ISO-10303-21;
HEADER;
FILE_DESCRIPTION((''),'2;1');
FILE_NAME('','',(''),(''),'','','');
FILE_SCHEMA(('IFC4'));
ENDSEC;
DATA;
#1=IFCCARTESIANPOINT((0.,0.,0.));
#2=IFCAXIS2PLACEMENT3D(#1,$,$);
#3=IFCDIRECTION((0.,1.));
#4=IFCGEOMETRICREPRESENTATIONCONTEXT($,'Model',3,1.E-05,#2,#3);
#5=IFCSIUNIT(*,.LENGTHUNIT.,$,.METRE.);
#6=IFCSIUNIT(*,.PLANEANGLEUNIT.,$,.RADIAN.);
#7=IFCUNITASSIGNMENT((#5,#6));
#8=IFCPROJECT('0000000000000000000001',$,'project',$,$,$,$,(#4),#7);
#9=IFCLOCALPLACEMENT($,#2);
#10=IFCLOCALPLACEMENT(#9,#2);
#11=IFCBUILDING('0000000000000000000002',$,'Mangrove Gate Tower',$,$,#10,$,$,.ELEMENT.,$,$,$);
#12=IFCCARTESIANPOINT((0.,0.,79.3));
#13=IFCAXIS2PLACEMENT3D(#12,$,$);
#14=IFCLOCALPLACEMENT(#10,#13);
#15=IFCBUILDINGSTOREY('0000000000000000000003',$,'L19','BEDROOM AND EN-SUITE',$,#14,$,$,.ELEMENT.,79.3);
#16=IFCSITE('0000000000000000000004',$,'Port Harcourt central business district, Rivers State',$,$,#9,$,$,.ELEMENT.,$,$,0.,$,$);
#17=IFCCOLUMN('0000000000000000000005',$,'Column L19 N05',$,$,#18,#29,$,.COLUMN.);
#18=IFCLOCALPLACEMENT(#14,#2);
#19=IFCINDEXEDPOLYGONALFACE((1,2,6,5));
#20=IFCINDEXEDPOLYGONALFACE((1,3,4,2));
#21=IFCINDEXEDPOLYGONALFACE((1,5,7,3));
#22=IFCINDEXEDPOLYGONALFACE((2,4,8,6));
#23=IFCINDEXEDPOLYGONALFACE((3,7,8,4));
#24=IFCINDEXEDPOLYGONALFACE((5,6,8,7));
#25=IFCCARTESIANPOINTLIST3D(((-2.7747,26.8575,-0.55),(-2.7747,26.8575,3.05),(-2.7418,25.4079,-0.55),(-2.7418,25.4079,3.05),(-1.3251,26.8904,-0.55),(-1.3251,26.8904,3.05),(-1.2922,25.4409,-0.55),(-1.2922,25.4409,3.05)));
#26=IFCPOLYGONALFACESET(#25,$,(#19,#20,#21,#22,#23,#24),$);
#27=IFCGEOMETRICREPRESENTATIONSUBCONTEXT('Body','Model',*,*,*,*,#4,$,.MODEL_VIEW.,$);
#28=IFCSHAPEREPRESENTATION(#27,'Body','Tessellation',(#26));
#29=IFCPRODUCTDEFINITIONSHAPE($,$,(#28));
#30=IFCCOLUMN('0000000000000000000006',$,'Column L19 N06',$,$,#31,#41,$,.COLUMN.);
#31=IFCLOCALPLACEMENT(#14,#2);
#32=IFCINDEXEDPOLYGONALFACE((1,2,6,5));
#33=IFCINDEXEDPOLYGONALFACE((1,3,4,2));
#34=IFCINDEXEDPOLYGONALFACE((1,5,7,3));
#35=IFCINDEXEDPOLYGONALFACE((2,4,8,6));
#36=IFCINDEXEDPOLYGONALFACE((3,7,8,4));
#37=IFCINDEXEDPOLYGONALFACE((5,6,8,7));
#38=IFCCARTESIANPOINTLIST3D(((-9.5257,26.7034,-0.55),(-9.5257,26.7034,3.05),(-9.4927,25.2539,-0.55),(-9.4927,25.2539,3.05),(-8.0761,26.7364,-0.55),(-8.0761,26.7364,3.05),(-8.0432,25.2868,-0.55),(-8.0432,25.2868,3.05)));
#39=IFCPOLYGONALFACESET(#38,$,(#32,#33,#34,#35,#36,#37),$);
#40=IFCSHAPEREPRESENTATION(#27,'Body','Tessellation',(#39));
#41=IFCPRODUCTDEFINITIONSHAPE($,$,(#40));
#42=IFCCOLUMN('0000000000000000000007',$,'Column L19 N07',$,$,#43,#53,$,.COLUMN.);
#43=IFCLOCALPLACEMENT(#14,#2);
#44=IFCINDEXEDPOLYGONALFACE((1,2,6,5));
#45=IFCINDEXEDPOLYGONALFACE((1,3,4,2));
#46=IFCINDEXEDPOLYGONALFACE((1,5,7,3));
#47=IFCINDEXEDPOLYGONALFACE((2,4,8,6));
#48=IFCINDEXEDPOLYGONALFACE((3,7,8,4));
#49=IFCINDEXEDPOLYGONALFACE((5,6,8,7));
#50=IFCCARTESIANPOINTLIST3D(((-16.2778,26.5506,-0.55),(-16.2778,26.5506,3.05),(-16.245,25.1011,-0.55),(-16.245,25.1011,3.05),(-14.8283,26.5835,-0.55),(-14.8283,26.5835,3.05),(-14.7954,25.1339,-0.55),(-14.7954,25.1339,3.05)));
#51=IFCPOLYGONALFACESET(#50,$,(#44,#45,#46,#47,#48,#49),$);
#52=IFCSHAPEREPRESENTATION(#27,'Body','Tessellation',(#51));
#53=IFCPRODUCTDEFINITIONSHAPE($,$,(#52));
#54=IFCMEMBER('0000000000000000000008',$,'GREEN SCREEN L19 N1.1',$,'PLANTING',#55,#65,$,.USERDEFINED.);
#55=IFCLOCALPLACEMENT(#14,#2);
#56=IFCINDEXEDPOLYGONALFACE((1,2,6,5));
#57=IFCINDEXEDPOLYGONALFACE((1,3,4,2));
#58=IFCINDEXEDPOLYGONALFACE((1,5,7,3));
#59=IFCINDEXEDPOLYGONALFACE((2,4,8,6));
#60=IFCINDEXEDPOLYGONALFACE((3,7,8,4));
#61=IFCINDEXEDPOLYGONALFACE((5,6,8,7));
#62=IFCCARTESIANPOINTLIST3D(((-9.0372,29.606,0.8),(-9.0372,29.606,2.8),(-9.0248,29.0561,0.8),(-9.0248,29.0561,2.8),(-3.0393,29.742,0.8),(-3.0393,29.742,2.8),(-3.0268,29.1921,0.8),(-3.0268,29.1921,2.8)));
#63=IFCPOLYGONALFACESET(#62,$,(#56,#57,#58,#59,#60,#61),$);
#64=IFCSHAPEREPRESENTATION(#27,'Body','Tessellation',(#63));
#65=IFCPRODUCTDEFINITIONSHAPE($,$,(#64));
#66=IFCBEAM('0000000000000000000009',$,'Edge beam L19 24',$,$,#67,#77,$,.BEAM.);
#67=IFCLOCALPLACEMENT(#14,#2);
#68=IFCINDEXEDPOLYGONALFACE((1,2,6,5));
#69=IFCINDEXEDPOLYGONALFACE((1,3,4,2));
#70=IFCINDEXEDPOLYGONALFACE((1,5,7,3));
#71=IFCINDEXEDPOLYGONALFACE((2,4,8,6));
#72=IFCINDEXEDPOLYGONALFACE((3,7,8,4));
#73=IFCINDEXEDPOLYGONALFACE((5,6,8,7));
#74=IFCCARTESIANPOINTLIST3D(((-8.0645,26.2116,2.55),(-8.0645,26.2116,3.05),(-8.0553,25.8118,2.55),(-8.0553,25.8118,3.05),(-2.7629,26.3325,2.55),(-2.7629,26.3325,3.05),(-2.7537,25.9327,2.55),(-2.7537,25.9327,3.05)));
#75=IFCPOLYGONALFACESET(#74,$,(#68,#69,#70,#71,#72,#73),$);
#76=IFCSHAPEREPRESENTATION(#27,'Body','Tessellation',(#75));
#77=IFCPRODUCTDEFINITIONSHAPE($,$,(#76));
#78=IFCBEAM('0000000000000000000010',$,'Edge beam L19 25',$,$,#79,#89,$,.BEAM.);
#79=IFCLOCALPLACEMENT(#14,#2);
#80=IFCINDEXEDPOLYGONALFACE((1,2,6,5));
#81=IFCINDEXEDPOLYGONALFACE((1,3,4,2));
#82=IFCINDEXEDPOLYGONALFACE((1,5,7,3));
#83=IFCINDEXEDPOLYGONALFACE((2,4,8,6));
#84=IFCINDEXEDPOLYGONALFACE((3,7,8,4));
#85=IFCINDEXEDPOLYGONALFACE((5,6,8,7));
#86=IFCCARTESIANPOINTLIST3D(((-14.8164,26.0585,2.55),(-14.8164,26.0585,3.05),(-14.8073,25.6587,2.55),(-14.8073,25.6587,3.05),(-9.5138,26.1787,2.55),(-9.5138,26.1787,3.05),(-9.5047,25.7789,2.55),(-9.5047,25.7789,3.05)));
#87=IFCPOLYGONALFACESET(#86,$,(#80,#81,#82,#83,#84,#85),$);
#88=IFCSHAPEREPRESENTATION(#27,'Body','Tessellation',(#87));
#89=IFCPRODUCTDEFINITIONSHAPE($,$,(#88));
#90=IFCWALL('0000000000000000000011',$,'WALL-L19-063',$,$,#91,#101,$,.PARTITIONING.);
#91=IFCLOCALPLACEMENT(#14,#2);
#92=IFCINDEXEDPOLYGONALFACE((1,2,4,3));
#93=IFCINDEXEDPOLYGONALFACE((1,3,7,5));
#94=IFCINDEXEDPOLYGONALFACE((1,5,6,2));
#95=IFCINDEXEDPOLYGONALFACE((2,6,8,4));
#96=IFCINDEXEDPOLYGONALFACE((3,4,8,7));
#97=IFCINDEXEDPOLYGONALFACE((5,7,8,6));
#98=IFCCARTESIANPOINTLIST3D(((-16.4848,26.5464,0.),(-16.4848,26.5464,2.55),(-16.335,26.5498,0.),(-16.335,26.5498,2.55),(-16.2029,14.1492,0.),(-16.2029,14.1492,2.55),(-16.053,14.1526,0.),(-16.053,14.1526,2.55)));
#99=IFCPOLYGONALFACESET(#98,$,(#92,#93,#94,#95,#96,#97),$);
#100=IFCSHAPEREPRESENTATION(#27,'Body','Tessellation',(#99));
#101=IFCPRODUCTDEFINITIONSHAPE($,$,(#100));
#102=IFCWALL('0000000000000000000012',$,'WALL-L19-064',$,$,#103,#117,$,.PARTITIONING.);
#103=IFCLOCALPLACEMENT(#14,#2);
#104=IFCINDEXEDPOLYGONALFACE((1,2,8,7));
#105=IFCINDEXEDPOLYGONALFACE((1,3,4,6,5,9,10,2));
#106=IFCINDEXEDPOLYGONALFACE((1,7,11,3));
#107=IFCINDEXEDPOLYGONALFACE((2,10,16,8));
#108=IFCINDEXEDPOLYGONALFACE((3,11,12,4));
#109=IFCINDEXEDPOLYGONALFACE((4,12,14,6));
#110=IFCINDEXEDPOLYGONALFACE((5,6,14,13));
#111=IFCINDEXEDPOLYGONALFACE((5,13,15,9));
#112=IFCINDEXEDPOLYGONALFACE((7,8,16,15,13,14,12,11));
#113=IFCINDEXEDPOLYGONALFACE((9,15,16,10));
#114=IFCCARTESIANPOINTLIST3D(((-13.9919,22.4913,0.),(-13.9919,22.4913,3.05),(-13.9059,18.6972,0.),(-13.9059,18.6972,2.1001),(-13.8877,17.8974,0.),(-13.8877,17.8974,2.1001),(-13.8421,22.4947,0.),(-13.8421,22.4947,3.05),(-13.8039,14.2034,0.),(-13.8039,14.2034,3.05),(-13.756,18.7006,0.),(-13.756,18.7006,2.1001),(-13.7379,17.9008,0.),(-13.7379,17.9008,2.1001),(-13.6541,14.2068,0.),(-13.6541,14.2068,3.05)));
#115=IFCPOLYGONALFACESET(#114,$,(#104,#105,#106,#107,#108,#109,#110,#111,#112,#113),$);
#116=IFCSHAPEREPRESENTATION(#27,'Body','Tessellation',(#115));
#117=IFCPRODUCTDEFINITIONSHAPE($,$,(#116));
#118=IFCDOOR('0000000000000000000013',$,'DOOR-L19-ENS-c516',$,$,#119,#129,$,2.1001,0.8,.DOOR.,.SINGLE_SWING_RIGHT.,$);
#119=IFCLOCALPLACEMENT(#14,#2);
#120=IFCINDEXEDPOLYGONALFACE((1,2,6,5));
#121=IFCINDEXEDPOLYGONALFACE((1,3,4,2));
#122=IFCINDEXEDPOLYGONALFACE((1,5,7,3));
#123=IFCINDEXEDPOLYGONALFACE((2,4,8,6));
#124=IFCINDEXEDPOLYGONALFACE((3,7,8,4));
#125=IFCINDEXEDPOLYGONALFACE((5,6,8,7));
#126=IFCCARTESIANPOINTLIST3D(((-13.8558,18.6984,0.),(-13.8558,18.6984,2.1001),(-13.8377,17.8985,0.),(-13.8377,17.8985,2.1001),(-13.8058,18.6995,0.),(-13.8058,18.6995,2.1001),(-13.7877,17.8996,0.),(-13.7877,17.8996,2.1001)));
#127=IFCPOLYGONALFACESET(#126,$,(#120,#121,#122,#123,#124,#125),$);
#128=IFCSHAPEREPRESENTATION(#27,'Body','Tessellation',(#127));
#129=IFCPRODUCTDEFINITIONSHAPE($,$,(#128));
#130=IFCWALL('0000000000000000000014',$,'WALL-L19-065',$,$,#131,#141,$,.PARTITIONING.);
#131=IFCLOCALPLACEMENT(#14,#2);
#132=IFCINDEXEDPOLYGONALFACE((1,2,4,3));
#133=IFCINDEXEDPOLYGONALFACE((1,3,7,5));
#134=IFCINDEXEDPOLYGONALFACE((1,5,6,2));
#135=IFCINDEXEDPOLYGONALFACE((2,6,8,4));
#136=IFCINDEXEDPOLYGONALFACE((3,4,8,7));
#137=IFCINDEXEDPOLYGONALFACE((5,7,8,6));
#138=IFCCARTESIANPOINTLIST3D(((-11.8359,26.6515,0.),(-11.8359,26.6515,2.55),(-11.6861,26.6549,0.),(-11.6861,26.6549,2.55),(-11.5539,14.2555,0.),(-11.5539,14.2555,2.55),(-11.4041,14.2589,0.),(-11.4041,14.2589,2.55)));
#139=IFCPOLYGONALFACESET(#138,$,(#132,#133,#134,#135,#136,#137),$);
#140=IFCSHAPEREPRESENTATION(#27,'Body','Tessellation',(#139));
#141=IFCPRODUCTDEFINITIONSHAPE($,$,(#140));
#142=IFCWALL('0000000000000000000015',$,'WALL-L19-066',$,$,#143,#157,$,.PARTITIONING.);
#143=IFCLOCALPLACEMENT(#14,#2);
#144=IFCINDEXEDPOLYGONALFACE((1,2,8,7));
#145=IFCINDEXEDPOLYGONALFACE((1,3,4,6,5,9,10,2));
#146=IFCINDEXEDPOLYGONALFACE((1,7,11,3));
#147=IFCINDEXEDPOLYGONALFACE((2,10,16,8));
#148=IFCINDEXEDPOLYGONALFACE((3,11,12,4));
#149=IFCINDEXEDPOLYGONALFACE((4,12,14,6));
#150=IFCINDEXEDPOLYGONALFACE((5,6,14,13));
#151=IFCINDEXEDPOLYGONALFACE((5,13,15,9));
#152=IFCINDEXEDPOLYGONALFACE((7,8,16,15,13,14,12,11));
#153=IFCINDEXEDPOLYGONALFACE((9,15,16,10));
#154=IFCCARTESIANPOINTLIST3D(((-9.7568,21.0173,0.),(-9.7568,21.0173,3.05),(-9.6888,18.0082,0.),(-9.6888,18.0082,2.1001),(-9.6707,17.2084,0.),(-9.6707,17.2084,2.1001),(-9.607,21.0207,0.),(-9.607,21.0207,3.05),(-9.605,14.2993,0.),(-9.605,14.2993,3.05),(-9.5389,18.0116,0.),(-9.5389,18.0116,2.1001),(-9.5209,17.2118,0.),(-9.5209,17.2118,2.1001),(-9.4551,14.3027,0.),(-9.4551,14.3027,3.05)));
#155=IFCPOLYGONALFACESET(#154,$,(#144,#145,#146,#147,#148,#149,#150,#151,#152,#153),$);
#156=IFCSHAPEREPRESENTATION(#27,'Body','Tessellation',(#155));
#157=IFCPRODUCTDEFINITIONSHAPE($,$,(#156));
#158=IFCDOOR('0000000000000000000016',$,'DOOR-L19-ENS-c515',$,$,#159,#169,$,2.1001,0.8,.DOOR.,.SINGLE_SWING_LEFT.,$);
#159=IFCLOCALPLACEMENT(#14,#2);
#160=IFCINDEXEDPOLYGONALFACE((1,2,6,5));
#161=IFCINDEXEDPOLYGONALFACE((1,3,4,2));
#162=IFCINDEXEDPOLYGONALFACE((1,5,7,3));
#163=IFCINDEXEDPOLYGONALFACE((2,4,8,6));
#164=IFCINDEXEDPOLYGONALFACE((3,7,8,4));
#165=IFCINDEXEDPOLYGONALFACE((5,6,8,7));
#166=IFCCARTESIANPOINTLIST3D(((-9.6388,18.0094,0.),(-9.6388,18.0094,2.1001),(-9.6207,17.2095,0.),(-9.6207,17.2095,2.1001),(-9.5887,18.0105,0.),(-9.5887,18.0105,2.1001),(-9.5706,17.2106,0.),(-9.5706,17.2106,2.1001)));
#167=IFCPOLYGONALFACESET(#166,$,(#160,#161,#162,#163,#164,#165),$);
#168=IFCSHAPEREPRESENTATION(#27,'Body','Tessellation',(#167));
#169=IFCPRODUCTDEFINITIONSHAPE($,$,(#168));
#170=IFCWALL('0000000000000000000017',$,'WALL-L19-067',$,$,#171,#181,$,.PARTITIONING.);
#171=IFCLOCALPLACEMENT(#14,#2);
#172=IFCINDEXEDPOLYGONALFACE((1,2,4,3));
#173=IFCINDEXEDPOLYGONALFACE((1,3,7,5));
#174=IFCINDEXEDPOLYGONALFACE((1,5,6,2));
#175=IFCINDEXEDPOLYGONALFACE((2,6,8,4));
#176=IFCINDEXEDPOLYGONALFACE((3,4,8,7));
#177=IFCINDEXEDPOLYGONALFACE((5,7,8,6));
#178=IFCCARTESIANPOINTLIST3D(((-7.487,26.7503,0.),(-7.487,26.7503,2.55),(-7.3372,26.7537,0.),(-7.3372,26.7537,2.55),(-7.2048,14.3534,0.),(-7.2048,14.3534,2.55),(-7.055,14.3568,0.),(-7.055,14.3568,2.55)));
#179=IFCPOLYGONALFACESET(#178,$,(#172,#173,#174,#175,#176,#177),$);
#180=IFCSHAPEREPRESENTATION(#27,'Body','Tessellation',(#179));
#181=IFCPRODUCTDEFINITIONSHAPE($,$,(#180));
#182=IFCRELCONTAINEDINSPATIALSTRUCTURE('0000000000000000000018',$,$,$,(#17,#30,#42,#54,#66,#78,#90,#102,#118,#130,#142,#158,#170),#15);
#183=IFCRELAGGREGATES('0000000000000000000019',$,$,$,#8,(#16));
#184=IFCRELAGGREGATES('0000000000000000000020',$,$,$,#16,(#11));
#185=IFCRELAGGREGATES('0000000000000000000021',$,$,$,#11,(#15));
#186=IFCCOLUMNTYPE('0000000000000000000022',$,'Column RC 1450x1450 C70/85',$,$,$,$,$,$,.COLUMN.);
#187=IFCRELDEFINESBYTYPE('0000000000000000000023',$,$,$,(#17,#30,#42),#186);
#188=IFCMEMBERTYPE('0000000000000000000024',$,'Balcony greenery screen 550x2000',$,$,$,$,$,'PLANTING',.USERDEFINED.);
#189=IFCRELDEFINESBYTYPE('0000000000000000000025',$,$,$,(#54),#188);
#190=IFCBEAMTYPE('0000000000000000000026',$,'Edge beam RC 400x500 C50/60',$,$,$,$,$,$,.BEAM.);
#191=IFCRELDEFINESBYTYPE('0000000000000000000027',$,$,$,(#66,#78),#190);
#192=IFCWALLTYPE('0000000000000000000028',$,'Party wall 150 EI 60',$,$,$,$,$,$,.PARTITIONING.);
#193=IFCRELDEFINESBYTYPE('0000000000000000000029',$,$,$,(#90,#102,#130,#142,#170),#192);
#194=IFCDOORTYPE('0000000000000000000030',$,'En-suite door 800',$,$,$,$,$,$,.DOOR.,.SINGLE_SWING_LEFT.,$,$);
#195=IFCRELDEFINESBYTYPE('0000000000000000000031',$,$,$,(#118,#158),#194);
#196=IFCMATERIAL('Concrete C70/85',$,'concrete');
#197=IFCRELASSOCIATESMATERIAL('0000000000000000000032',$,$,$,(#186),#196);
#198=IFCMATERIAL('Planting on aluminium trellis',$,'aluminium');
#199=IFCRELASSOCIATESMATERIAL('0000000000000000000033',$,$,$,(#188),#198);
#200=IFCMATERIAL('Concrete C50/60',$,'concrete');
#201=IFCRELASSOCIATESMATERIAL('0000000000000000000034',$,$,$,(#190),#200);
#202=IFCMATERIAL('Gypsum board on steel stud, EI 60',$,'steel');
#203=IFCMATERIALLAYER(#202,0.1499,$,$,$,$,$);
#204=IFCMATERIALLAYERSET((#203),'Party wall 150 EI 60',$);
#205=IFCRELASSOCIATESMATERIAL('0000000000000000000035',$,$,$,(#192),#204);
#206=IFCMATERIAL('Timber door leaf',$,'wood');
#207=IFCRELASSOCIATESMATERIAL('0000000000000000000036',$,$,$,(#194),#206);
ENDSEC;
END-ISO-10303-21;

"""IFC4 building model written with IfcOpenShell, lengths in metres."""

from ifc_helpers import new_model, si_unit, direction, frame, frame_2d, origin, origin_2d, place, context, subcontext, project, spatial, rectangle, extrude, material, layer, layer_set, material_profile, profile_set, type_object, element, fill, save


model = new_model("IFC4")

# Units and contexts
model_context = context("Model", 3, precision=1e-05, world=origin(), true_north=direction((0.0, 1.0)))
body_context = subcontext(model_context, "Body", "Model", "MODEL_VIEW")
ifc_project = project(units=[si_unit("LENGTHUNIT", "METRE"), si_unit("PLANEANGLEUNIT", "RADIAN")], contexts=[model_context])

# Site, building, storey
site_placement = place(None, origin())
site = spatial("IfcSite", under=ifc_project, at=site_placement, Name="Port Harcourt central business district, Rivers State", CompositionType="ELEMENT", RefElevation=0.0)
building_placement = place(site_placement, origin())
building = spatial("IfcBuilding", under=site, at=building_placement, Name="Mangrove Gate Tower", CompositionType="ELEMENT")
storey_placement = place(building_placement, frame((0.0, 0.0, 79.3)))
storey = spatial("IfcBuildingStorey", under=building, at=storey_placement, Name="L19", Description="BEDROOM AND EN-SUITE", CompositionType="ELEMENT", Elevation=79.3)

# Columns
ifc_material_1 = material(Name="Concrete C70/85", Category="concrete")
ifc_material_profile_1 = material_profile(ifc_material_1, rectangle(XDim=1.45, YDim=1.45, at=origin_2d()))
ifc_profile_set_1 = profile_set([ifc_material_profile_1], Name="Concrete C70/85")
column_type = type_object("IfcColumnType", Name="Column RC 1450x1450 C70/85", PredefinedType="COLUMN", material=ifc_profile_set_1)
for number, where, z_axis, x_axis, name in (
    (1, (-2.0334, 26.1492, -0.55), (0.0, 0.0, 1.0), (-0.999742, -0.02273, 0.0), "Column L19 N05"),
    (2, (-8.7844, 25.9951, -0.55), (0.0, 0.0, 1.0), (-0.999742, -0.02273, 0.0), "Column L19 N06"),
    (3, (-15.5366, 25.8423, -0.55), (0.0, 0.0, 1.0), (-0.999743, -0.022656, 0.0), "Column L19 N07"),
):
    element("IfcColumn", number, at=place(storey_placement, frame(where, z_axis=z_axis, x_axis=x_axis)), inside=storey, type_object=column_type, Name=name, PredefinedType="COLUMN", context=body_context, shape_type="SweptSolid", body=[
        extrude(rectangle(XDim=1.45, YDim=1.45, at=origin_2d()), origin(), (0.0, 0.0, 1.0), 3.6001),
    ])

# Member
ifc_material_2 = material(Name="Planting on aluminium trellis", Category="aluminium")
ifc_material_profile_2 = material_profile(ifc_material_2, rectangle(XDim=0.55, YDim=2.0, at=origin_2d()))
ifc_profile_set_2 = profile_set([ifc_material_profile_2], Name="Planting on aluminium trellis")
member_type = type_object("IfcMemberType", Name="Balcony greenery screen 550x2000", ElementType="PLANTING", PredefinedType="USERDEFINED", material=ifc_profile_set_2)
member_placement = place(storey_placement, frame((-9.031, 29.3311, 1.8), z_axis=(0.999743, 0.022666, 0.0), x_axis=(-0.022666, 0.999743, 0.0)))
element("IfcMember", 4, at=member_placement, inside=storey, type_object=member_type, Name="GREEN SCREEN L19 N1.1", ObjectType="PLANTING", PredefinedType="USERDEFINED", context=body_context, shape_type="SweptSolid", body=[
    extrude(rectangle(XDim=0.55, YDim=2.0, at=origin_2d()), origin(), (0.0, 0.0, 1.0), 5.9995),
])

# Beams
ifc_material_3 = material(Name="Concrete C50/60", Category="concrete")
ifc_material_profile_3 = material_profile(ifc_material_3, rectangle(XDim=0.3999, YDim=0.5, at=origin_2d()))
ifc_profile_set_3 = profile_set([ifc_material_profile_3], Name="Concrete C50/60")
beam_type = type_object("IfcBeamType", Name="Edge beam RC 400x500 C50/60", PredefinedType="BEAM", material=ifc_profile_set_3)
beam_1_placement = place(storey_placement, frame((-2.7583, 26.1326, 2.8), z_axis=(-0.99974, -0.022789, 0.0), x_axis=(0.022789, -0.99974, 0.0)))
element("IfcBeam", 5, at=beam_1_placement, inside=storey, type_object=beam_type, Name="Edge beam L19 24", PredefinedType="BEAM", context=body_context, shape_type="SweptSolid", body=[
    extrude(rectangle(XDim=0.3999, YDim=0.5, at=origin_2d()), origin(), (0.0, 0.0, 1.0), 5.303),
])
beam_2_placement = place(storey_placement, frame((-9.5093, 25.9788, 2.8), z_axis=(-0.999744, -0.022647, 0.0), x_axis=(0.022647, -0.999744, 0.0)))
element("IfcBeam", 6, at=beam_2_placement, inside=storey, type_object=beam_type, Name="Edge beam L19 25", PredefinedType="BEAM", context=body_context, shape_type="SweptSolid", body=[
    extrude(rectangle(XDim=0.3999, YDim=0.5, at=origin_2d()), origin(), (0.0, 0.0, 1.0), 5.304),
])

# Wall
ifc_material_4 = material(Name="Gypsum board on steel stud, EI 60", Category="steel")
ifc_layer_1 = layer(ifc_material_4, 0.1499)
ifc_layer_set_1 = layer_set([ifc_layer_1], Name="Party wall 150 EI 60")
wall_type_1 = type_object("IfcWallType", Name="Party wall 150 EI 60", PredefinedType="PARTITIONING", material=ifc_layer_set_1)
wall_1_placement = place(storey_placement, frame((-16.1279, 14.1509, 0.0), z_axis=(0.0, 0.0, 1.0), x_axis=(-0.02274, 0.999741, 0.0)))
element("IfcWall", 7, at=wall_1_placement, inside=storey, type_object=wall_type_1, Name="WALL-L19-063", PredefinedType="PARTITIONING", context=body_context, shape_type="SweptSolid", body=[
    extrude(rectangle(XDim=12.4004, YDim=0.1499, at=frame_2d((6.2002, 0.0))), origin(), (0.0, 0.0, 1.0), 2.55),
])

# Wall, opening, door
wall_2_placement = place(storey_placement, frame((-13.729, 14.2051, 0.0), z_axis=(0.0, 0.0, 1.0), x_axis=(-0.022677, 0.999743, 0.0)))
wall_2 = element("IfcWall", 8, at=wall_2_placement, inside=storey, type_object=wall_type_1, Name="WALL-L19-064", PredefinedType="PARTITIONING", context=body_context, shape_type="SweptSolid", body=[
    extrude(rectangle(XDim=8.29, YDim=0.1499, at=frame_2d((4.145, 0.0))), origin(), (0.0, 0.0, 1.0), 3.05),
])
opening_1_placement = place(wall_2_placement, frame((3.6951, 0.0, 0.0)))
opening_1 = element("IfcOpeningElement", 9, at=opening_1_placement, cuts=wall_2, PredefinedType="OPENING", context=body_context, shape_type="SweptSolid", body=[
    extrude(rectangle(XDim=0.8, YDim=2.1001, at=frame_2d((0.3999, 1.05))), frame((0.0, 0.085, 0.0), z_axis=(0.0, -1.0, 0.0), x_axis=(1.0, 0.0, 0.0)), (0.0, 0.0, 1.0), 0.1699),
])
ifc_material_5 = material(Name="Timber door leaf", Category="wood")
door_type = type_object("IfcDoorType", Name="En-suite door 800", OperationType="SINGLE_SWING_LEFT", PredefinedType="DOOR", material=ifc_material_5)
door_1_placement = place(opening_1_placement, origin())
door_1 = element("IfcDoor", 10, at=door_1_placement, inside=storey, type_object=door_type, Name="DOOR-L19-ENS-c516", OperationType="SINGLE_SWING_RIGHT", OverallHeight=2.1001, OverallWidth=0.8, PredefinedType="DOOR", context=body_context, shape_type="SweptSolid", body=[
    extrude(rectangle(XDim=0.8, YDim=2.1001, at=frame_2d((0.3999, 1.05))), frame((0.0, 0.0249, 0.0), z_axis=(0.0, -1.0, 0.0), x_axis=(1.0, 0.0, 0.0)), (0.0, 0.0, 1.0), 0.05),
])
fill(opening_1, door_1)

# Wall
wall_3_placement = place(storey_placement, frame((-11.479, 14.2571, 0.0), z_axis=(0.0, 0.0, 1.0), x_axis=(-0.022742, 0.999741, 0.0)))
element("IfcWall", 11, at=wall_3_placement, inside=storey, type_object=wall_type_1, Name="WALL-L19-065", PredefinedType="PARTITIONING", context=body_context, shape_type="SweptSolid", body=[
    extrude(rectangle(XDim=12.3992, YDim=0.1499, at=frame_2d((6.1997, 0.0))), origin(), (0.0, 0.0, 1.0), 2.55),
])

# Wall, opening, door
wall_4_placement = place(storey_placement, frame((-9.53, 14.301, 0.0), z_axis=(0.0, 0.0, 1.0), x_axis=(-0.022598, 0.999745, 0.0)))
wall_4 = element("IfcWall", 12, at=wall_4_placement, inside=storey, type_object=wall_type_1, Name="WALL-L19-066", PredefinedType="PARTITIONING", context=body_context, shape_type="SweptSolid", body=[
    extrude(rectangle(XDim=6.7197, YDim=0.1499, at=frame_2d((3.3599, 0.0))), origin(), (0.0, 0.0, 1.0), 3.05),
])
opening_2_placement = place(wall_4_placement, frame((2.9099, 0.0, 0.0)))
opening_2 = element("IfcOpeningElement", 13, at=opening_2_placement, cuts=wall_4, PredefinedType="OPENING", context=body_context, shape_type="SweptSolid", body=[
    extrude(rectangle(XDim=0.8, YDim=2.1001, at=frame_2d((0.3999, 1.05))), frame((0.0, 0.085, 0.0), z_axis=(0.0, -1.0, 0.0), x_axis=(1.0, 0.0, 0.0)), (0.0, 0.0, 1.0), 0.1699),
])
door_2_placement = place(opening_2_placement, origin())
door_2 = element("IfcDoor", 14, at=door_2_placement, inside=storey, type_object=door_type, Name="DOOR-L19-ENS-c515", OperationType="SINGLE_SWING_LEFT", OverallHeight=2.1001, OverallWidth=0.8, PredefinedType="DOOR", context=body_context, shape_type="SweptSolid", body=[
    extrude(rectangle(XDim=0.8, YDim=2.1001, at=frame_2d((0.3999, 1.05))), frame((0.0, 0.0249, 0.0), z_axis=(0.0, -1.0, 0.0), x_axis=(1.0, 0.0, 0.0)), (0.0, 0.0, 1.0), 0.05),
])
fill(opening_2, door_2)

# Wall
wall_5_placement = place(storey_placement, frame((-7.1299, 14.355, 0.0), z_axis=(0.0, 0.0, 1.0), x_axis=(-0.02276, 0.999741, 0.0)))
element("IfcWall", 15, at=wall_5_placement, inside=storey, type_object=wall_type_1, Name="WALL-L19-067", PredefinedType="PARTITIONING", context=body_context, shape_type="SweptSolid", body=[
    extrude(rectangle(XDim=12.4001, YDim=0.1499, at=frame_2d((6.2002, 0.0))), origin(), (0.0, 0.0, 1.0), 2.55),
])

save(model, "model.ifc")
